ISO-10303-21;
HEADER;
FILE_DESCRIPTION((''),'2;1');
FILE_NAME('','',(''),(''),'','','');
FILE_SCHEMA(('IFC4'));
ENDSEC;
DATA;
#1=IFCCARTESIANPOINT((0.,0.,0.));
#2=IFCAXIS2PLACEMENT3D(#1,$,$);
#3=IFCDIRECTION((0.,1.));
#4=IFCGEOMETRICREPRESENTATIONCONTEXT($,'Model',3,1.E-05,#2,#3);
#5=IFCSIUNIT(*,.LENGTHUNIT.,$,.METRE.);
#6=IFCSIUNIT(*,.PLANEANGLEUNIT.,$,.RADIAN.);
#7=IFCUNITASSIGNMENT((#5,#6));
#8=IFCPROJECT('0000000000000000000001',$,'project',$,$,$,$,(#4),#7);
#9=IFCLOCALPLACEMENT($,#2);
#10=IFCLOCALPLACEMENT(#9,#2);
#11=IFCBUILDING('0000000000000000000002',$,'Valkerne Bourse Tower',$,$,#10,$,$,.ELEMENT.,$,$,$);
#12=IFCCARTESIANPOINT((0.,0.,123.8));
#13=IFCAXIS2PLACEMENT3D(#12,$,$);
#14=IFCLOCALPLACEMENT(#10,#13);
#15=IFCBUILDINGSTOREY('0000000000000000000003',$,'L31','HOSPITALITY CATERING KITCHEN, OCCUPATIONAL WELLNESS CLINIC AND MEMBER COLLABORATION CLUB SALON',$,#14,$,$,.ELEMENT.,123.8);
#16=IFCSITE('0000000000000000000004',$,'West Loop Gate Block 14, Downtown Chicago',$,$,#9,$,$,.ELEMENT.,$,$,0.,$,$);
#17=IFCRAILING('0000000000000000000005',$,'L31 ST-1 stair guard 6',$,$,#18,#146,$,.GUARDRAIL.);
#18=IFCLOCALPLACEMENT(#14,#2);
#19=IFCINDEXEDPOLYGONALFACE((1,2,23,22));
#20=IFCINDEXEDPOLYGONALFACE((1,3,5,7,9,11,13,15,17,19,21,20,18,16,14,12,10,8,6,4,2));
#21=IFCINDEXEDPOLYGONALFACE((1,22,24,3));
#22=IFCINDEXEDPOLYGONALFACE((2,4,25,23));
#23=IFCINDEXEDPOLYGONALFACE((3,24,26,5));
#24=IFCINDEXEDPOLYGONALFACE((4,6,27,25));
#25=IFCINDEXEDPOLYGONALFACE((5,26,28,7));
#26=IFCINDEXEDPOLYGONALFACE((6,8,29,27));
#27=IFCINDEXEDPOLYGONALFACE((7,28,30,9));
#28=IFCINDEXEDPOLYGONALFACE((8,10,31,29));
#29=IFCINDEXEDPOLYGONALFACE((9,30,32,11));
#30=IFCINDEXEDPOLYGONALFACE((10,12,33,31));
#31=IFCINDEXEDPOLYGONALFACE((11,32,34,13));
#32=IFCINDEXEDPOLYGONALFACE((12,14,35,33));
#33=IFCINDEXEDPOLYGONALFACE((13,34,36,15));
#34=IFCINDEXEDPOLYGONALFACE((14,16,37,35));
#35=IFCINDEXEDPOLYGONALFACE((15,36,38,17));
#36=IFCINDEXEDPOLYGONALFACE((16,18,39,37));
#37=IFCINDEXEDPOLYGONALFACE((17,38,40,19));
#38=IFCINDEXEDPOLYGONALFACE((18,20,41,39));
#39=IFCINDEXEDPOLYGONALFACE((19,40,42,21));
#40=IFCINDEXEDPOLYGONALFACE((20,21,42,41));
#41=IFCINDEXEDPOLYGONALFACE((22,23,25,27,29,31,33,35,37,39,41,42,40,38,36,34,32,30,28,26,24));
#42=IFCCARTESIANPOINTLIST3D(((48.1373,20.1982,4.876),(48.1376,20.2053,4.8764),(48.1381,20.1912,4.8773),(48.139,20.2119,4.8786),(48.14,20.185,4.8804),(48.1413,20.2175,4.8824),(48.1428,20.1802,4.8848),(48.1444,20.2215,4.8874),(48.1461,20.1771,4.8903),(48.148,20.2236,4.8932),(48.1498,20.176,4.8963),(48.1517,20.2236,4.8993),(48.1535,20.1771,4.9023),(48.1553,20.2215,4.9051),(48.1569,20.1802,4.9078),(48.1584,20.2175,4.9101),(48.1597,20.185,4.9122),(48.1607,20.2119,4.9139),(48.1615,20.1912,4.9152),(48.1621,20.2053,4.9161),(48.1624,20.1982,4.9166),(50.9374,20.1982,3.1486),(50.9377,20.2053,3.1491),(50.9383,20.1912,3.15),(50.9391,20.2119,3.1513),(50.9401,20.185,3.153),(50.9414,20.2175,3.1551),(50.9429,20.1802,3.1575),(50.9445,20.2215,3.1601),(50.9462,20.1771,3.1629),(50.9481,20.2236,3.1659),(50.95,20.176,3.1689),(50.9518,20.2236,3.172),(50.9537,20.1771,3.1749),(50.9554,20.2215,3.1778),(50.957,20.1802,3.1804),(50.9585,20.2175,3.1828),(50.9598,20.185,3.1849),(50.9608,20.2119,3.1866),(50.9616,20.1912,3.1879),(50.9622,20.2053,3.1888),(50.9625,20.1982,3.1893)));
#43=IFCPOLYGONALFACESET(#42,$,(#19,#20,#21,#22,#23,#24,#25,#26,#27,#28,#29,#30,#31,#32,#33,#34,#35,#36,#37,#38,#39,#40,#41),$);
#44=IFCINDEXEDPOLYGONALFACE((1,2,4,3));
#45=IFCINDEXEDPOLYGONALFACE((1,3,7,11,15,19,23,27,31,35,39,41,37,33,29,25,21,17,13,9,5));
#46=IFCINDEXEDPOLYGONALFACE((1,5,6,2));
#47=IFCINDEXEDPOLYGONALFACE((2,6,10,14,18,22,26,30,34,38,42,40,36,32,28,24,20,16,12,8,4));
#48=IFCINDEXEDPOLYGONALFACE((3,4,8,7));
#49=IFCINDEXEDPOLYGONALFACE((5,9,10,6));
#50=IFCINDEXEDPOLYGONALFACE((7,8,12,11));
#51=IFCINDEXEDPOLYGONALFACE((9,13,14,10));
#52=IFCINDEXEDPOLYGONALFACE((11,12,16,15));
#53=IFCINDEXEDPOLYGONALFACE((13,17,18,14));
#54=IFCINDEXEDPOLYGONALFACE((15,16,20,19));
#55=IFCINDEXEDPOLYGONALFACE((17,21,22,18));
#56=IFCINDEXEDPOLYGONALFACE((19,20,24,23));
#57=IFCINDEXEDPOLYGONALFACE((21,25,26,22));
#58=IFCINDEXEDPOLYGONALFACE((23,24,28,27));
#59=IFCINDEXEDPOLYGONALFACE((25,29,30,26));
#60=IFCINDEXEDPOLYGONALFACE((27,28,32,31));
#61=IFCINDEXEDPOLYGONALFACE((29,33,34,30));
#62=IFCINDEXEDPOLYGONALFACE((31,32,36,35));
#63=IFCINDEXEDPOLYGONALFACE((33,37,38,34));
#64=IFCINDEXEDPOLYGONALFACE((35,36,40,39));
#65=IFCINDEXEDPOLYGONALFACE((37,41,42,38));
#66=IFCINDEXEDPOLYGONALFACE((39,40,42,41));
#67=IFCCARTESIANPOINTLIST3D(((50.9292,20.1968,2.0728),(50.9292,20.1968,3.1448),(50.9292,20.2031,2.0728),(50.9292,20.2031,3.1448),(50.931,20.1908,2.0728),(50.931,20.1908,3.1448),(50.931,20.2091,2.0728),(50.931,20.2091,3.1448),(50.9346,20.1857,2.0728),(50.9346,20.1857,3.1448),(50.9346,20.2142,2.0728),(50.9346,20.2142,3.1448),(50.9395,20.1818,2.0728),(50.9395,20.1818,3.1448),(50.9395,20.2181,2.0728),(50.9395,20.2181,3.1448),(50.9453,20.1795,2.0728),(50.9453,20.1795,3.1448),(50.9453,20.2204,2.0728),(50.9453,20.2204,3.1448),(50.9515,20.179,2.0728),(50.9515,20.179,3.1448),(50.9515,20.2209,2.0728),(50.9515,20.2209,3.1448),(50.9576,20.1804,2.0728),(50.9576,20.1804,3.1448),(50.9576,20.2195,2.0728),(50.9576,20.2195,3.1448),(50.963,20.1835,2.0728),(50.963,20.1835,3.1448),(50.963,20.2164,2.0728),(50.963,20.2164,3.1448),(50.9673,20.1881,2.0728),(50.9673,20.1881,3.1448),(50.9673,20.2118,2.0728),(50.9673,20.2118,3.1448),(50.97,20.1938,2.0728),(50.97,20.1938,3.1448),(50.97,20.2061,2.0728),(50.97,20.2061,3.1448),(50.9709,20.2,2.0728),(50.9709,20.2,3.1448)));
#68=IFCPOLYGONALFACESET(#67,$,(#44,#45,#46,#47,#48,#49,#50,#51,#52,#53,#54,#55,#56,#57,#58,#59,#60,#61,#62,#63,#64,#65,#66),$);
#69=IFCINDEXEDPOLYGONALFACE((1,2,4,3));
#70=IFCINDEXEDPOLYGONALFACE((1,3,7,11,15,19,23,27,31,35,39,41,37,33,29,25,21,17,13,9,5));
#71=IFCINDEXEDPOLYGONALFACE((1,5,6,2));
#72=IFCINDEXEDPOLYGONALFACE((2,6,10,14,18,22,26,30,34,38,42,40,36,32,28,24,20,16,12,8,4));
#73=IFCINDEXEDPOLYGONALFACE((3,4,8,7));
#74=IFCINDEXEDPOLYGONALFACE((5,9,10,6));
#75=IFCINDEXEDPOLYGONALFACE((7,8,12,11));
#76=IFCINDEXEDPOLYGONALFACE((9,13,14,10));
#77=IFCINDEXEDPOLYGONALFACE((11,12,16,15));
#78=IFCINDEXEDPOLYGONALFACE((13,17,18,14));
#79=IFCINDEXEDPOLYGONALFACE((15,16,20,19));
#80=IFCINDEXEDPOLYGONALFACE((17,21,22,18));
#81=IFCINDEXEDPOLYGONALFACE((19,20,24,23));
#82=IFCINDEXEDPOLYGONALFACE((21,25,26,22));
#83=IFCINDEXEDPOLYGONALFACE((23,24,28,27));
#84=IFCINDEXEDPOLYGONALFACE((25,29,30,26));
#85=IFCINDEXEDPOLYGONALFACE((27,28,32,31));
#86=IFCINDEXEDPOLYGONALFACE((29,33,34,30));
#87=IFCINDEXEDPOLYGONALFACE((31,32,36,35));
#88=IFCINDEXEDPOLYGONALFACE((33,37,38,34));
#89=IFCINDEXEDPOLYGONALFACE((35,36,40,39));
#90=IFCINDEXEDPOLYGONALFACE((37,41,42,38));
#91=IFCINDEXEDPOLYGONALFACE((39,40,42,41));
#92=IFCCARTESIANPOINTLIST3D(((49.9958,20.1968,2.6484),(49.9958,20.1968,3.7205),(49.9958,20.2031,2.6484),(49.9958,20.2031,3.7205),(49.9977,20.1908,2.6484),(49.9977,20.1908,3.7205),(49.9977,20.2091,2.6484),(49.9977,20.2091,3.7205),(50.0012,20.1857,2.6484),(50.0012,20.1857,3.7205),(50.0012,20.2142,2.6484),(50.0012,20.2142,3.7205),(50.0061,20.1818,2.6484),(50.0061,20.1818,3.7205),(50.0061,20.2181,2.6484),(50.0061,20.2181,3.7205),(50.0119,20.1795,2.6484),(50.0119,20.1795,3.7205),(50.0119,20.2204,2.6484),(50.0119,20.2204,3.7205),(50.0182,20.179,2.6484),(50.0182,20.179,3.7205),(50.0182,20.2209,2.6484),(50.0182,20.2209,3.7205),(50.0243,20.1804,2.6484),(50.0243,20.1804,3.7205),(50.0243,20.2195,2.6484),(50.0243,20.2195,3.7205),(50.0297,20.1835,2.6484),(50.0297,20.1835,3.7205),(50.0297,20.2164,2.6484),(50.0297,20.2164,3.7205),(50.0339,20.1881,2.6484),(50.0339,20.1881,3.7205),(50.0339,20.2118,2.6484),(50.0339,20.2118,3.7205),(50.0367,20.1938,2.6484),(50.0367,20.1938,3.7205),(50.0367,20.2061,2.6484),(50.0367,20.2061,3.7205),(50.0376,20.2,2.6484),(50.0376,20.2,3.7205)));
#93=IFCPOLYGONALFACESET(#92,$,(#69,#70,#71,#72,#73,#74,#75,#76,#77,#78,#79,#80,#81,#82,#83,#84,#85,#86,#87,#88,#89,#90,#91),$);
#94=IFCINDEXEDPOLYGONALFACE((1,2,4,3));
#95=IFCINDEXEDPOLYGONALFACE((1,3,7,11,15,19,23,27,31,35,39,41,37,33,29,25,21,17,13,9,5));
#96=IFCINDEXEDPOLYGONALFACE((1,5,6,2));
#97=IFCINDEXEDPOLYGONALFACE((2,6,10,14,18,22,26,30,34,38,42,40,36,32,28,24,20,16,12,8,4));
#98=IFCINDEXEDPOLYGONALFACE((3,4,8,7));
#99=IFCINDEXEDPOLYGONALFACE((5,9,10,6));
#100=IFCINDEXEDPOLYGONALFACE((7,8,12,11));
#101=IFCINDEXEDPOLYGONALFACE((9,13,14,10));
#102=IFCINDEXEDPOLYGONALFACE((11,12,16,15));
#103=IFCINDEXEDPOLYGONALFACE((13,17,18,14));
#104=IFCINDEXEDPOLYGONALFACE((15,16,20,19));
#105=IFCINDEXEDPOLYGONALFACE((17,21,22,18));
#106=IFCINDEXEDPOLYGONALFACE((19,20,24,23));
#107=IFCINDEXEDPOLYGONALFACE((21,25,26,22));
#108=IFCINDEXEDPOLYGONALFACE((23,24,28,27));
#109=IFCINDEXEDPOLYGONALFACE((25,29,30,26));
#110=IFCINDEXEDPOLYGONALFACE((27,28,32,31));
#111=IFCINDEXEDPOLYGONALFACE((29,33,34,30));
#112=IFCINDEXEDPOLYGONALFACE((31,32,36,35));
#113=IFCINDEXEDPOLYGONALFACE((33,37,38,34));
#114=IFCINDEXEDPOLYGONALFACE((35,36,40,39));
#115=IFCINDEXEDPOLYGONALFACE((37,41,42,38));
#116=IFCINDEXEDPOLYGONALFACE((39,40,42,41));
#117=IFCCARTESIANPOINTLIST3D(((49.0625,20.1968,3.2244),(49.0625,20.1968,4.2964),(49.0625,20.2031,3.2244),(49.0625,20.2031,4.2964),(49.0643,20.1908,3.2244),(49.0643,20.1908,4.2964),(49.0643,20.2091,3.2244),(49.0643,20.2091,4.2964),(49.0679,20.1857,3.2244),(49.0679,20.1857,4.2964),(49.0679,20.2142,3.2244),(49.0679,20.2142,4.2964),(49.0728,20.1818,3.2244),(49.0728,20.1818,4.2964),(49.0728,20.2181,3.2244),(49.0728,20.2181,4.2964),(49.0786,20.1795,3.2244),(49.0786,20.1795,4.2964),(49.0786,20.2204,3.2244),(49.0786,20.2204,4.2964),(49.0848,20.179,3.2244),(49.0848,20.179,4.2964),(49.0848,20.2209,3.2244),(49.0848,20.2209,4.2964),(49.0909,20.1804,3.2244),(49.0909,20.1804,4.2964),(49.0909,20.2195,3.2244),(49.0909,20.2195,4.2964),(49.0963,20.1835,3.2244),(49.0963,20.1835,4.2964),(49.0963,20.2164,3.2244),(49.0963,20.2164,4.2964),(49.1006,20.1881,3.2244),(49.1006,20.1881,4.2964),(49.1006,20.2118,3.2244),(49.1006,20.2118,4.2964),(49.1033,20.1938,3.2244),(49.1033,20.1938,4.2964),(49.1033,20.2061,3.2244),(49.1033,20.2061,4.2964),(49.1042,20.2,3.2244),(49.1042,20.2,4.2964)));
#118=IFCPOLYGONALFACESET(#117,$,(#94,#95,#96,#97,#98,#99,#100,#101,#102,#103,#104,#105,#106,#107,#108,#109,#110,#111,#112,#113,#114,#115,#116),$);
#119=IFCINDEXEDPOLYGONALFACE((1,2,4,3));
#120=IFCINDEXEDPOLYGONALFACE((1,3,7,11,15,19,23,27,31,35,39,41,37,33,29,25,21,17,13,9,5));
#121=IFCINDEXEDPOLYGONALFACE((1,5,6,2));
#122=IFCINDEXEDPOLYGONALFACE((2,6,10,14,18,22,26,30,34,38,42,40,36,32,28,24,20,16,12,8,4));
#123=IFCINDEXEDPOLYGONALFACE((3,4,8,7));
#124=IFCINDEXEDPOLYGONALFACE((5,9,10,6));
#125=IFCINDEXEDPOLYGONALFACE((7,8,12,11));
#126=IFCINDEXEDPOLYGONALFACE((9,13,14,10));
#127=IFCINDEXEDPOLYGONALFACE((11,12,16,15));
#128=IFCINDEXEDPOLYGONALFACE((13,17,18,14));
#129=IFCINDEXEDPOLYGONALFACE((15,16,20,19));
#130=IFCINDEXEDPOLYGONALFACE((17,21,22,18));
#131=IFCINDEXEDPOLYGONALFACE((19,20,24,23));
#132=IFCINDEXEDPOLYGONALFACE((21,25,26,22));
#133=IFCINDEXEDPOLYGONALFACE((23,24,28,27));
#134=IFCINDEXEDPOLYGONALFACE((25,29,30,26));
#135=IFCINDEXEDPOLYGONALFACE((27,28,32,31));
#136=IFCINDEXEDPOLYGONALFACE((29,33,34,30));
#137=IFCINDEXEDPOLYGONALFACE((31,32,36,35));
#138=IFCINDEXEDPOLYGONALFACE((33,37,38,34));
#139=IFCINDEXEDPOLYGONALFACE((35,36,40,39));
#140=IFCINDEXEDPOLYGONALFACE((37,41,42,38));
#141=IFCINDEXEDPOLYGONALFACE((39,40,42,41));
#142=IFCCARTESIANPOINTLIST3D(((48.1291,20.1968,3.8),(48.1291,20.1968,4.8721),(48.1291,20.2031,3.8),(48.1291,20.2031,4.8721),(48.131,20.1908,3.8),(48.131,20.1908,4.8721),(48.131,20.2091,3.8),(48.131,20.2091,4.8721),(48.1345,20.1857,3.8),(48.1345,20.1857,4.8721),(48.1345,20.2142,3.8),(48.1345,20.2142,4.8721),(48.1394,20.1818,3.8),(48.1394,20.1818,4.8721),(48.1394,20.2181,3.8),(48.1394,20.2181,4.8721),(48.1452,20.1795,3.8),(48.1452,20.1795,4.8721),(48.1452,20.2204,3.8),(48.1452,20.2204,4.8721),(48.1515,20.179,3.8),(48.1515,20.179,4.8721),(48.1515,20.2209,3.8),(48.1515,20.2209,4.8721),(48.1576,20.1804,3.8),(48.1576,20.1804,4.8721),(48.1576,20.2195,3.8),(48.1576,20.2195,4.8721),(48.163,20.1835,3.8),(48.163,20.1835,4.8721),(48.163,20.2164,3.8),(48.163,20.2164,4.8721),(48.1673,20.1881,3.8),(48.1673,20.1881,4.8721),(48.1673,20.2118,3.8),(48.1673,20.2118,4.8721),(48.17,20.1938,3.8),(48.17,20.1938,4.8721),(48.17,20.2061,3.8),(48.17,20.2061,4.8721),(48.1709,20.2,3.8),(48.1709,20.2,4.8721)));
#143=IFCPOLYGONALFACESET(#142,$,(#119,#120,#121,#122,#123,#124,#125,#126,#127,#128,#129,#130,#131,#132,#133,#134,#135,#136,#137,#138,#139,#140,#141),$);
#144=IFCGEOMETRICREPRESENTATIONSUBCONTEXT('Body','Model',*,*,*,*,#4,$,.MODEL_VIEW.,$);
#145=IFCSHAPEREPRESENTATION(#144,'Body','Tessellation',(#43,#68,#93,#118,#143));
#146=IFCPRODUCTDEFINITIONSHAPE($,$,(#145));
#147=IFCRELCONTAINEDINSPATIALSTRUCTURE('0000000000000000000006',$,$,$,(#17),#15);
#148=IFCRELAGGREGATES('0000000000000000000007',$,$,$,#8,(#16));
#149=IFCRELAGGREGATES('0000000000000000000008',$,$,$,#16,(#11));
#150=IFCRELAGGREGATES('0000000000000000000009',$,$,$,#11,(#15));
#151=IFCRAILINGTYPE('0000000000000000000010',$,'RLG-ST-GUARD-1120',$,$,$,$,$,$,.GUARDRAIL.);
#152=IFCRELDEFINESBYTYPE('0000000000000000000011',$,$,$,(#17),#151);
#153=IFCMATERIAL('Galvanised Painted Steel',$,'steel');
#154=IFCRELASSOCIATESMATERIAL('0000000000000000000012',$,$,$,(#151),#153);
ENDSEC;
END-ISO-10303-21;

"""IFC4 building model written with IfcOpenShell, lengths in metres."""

from ifc_helpers import new_model, si_unit, direction, frame, origin, origin_2d, place, context, subcontext, project, spatial, circle, extrude, material, type_object, element, save


model = new_model("IFC4")

# Units and contexts
model_context = context("Model", 3, precision=1e-05, world=origin(), true_north=direction((0.0, 1.0)))
body_context = subcontext(model_context, "Body", "Model", "MODEL_VIEW")
ifc_project = project(units=[si_unit("LENGTHUNIT", "METRE"), si_unit("PLANEANGLEUNIT", "RADIAN")], contexts=[model_context])

# Site, building, storey
site_placement = place(None, origin())
site = spatial("IfcSite", under=ifc_project, at=site_placement, Name="West Loop Gate Block 14, Downtown Chicago", CompositionType="ELEMENT", RefElevation=0.0)
building_placement = place(site_placement, origin())
building = spatial("IfcBuilding", under=site, at=building_placement, Name="Valkerne Bourse Tower", CompositionType="ELEMENT")
storey_placement = place(building_placement, frame((0.0, 0.0, 123.8)))
storey = spatial("IfcBuildingStorey", under=building, at=storey_placement, Name="L31", Description="HOSPITALITY CATERING KITCHEN, OCCUPATIONAL WELLNESS CLINIC AND MEMBER COLLABORATION CLUB SALON", CompositionType="ELEMENT", Elevation=123.8)

# Shared definitions
ifc_material_1 = material(Name="Galvanised Painted Steel", Category="steel")

# Railing
railing_type_1 = type_object("IfcRailingType", Name="RLG-ST-GUARD-1120", PredefinedType="GUARDRAIL", material=ifc_material_1)
railing_1_placement = place(storey_placement, frame((50.95, 20.2, 2.0728)))
element("IfcRailing", 1, at=railing_1_placement, inside=storey, type_object=railing_type_1, Name="L31 ST-1 stair guard 6", PredefinedType="GUARDRAIL", context=body_context, shape_type="SweptSolid", body=[
    extrude(circle(Radius=0.0239, at=origin_2d()), frame((0.0, 0.0, 1.0962), z_axis=(-0.85109, 0.0, 0.52502), x_axis=(0.0, -1.0, 0.0)), (0.0, 0.0, 1.0), 3.29),
    extrude(circle(Radius=0.021, at=origin_2d()), origin(), (0.0, 0.0, 1.0), 1.072),
    extrude(circle(Radius=0.021, at=origin_2d()), frame((-0.9333, 0.0, 0.5757)), (0.0, 0.0, 1.0), 1.072),
    extrude(circle(Radius=0.021, at=origin_2d()), frame((-1.8667, 0.0, 1.1516)), (0.0, 0.0, 1.0), 1.072),
    extrude(circle(Radius=0.021, at=origin_2d()), frame((-2.8, 0.0, 1.7273)), (0.0, 0.0, 1.0), 1.072),
])

save(model, "model.ifc")
